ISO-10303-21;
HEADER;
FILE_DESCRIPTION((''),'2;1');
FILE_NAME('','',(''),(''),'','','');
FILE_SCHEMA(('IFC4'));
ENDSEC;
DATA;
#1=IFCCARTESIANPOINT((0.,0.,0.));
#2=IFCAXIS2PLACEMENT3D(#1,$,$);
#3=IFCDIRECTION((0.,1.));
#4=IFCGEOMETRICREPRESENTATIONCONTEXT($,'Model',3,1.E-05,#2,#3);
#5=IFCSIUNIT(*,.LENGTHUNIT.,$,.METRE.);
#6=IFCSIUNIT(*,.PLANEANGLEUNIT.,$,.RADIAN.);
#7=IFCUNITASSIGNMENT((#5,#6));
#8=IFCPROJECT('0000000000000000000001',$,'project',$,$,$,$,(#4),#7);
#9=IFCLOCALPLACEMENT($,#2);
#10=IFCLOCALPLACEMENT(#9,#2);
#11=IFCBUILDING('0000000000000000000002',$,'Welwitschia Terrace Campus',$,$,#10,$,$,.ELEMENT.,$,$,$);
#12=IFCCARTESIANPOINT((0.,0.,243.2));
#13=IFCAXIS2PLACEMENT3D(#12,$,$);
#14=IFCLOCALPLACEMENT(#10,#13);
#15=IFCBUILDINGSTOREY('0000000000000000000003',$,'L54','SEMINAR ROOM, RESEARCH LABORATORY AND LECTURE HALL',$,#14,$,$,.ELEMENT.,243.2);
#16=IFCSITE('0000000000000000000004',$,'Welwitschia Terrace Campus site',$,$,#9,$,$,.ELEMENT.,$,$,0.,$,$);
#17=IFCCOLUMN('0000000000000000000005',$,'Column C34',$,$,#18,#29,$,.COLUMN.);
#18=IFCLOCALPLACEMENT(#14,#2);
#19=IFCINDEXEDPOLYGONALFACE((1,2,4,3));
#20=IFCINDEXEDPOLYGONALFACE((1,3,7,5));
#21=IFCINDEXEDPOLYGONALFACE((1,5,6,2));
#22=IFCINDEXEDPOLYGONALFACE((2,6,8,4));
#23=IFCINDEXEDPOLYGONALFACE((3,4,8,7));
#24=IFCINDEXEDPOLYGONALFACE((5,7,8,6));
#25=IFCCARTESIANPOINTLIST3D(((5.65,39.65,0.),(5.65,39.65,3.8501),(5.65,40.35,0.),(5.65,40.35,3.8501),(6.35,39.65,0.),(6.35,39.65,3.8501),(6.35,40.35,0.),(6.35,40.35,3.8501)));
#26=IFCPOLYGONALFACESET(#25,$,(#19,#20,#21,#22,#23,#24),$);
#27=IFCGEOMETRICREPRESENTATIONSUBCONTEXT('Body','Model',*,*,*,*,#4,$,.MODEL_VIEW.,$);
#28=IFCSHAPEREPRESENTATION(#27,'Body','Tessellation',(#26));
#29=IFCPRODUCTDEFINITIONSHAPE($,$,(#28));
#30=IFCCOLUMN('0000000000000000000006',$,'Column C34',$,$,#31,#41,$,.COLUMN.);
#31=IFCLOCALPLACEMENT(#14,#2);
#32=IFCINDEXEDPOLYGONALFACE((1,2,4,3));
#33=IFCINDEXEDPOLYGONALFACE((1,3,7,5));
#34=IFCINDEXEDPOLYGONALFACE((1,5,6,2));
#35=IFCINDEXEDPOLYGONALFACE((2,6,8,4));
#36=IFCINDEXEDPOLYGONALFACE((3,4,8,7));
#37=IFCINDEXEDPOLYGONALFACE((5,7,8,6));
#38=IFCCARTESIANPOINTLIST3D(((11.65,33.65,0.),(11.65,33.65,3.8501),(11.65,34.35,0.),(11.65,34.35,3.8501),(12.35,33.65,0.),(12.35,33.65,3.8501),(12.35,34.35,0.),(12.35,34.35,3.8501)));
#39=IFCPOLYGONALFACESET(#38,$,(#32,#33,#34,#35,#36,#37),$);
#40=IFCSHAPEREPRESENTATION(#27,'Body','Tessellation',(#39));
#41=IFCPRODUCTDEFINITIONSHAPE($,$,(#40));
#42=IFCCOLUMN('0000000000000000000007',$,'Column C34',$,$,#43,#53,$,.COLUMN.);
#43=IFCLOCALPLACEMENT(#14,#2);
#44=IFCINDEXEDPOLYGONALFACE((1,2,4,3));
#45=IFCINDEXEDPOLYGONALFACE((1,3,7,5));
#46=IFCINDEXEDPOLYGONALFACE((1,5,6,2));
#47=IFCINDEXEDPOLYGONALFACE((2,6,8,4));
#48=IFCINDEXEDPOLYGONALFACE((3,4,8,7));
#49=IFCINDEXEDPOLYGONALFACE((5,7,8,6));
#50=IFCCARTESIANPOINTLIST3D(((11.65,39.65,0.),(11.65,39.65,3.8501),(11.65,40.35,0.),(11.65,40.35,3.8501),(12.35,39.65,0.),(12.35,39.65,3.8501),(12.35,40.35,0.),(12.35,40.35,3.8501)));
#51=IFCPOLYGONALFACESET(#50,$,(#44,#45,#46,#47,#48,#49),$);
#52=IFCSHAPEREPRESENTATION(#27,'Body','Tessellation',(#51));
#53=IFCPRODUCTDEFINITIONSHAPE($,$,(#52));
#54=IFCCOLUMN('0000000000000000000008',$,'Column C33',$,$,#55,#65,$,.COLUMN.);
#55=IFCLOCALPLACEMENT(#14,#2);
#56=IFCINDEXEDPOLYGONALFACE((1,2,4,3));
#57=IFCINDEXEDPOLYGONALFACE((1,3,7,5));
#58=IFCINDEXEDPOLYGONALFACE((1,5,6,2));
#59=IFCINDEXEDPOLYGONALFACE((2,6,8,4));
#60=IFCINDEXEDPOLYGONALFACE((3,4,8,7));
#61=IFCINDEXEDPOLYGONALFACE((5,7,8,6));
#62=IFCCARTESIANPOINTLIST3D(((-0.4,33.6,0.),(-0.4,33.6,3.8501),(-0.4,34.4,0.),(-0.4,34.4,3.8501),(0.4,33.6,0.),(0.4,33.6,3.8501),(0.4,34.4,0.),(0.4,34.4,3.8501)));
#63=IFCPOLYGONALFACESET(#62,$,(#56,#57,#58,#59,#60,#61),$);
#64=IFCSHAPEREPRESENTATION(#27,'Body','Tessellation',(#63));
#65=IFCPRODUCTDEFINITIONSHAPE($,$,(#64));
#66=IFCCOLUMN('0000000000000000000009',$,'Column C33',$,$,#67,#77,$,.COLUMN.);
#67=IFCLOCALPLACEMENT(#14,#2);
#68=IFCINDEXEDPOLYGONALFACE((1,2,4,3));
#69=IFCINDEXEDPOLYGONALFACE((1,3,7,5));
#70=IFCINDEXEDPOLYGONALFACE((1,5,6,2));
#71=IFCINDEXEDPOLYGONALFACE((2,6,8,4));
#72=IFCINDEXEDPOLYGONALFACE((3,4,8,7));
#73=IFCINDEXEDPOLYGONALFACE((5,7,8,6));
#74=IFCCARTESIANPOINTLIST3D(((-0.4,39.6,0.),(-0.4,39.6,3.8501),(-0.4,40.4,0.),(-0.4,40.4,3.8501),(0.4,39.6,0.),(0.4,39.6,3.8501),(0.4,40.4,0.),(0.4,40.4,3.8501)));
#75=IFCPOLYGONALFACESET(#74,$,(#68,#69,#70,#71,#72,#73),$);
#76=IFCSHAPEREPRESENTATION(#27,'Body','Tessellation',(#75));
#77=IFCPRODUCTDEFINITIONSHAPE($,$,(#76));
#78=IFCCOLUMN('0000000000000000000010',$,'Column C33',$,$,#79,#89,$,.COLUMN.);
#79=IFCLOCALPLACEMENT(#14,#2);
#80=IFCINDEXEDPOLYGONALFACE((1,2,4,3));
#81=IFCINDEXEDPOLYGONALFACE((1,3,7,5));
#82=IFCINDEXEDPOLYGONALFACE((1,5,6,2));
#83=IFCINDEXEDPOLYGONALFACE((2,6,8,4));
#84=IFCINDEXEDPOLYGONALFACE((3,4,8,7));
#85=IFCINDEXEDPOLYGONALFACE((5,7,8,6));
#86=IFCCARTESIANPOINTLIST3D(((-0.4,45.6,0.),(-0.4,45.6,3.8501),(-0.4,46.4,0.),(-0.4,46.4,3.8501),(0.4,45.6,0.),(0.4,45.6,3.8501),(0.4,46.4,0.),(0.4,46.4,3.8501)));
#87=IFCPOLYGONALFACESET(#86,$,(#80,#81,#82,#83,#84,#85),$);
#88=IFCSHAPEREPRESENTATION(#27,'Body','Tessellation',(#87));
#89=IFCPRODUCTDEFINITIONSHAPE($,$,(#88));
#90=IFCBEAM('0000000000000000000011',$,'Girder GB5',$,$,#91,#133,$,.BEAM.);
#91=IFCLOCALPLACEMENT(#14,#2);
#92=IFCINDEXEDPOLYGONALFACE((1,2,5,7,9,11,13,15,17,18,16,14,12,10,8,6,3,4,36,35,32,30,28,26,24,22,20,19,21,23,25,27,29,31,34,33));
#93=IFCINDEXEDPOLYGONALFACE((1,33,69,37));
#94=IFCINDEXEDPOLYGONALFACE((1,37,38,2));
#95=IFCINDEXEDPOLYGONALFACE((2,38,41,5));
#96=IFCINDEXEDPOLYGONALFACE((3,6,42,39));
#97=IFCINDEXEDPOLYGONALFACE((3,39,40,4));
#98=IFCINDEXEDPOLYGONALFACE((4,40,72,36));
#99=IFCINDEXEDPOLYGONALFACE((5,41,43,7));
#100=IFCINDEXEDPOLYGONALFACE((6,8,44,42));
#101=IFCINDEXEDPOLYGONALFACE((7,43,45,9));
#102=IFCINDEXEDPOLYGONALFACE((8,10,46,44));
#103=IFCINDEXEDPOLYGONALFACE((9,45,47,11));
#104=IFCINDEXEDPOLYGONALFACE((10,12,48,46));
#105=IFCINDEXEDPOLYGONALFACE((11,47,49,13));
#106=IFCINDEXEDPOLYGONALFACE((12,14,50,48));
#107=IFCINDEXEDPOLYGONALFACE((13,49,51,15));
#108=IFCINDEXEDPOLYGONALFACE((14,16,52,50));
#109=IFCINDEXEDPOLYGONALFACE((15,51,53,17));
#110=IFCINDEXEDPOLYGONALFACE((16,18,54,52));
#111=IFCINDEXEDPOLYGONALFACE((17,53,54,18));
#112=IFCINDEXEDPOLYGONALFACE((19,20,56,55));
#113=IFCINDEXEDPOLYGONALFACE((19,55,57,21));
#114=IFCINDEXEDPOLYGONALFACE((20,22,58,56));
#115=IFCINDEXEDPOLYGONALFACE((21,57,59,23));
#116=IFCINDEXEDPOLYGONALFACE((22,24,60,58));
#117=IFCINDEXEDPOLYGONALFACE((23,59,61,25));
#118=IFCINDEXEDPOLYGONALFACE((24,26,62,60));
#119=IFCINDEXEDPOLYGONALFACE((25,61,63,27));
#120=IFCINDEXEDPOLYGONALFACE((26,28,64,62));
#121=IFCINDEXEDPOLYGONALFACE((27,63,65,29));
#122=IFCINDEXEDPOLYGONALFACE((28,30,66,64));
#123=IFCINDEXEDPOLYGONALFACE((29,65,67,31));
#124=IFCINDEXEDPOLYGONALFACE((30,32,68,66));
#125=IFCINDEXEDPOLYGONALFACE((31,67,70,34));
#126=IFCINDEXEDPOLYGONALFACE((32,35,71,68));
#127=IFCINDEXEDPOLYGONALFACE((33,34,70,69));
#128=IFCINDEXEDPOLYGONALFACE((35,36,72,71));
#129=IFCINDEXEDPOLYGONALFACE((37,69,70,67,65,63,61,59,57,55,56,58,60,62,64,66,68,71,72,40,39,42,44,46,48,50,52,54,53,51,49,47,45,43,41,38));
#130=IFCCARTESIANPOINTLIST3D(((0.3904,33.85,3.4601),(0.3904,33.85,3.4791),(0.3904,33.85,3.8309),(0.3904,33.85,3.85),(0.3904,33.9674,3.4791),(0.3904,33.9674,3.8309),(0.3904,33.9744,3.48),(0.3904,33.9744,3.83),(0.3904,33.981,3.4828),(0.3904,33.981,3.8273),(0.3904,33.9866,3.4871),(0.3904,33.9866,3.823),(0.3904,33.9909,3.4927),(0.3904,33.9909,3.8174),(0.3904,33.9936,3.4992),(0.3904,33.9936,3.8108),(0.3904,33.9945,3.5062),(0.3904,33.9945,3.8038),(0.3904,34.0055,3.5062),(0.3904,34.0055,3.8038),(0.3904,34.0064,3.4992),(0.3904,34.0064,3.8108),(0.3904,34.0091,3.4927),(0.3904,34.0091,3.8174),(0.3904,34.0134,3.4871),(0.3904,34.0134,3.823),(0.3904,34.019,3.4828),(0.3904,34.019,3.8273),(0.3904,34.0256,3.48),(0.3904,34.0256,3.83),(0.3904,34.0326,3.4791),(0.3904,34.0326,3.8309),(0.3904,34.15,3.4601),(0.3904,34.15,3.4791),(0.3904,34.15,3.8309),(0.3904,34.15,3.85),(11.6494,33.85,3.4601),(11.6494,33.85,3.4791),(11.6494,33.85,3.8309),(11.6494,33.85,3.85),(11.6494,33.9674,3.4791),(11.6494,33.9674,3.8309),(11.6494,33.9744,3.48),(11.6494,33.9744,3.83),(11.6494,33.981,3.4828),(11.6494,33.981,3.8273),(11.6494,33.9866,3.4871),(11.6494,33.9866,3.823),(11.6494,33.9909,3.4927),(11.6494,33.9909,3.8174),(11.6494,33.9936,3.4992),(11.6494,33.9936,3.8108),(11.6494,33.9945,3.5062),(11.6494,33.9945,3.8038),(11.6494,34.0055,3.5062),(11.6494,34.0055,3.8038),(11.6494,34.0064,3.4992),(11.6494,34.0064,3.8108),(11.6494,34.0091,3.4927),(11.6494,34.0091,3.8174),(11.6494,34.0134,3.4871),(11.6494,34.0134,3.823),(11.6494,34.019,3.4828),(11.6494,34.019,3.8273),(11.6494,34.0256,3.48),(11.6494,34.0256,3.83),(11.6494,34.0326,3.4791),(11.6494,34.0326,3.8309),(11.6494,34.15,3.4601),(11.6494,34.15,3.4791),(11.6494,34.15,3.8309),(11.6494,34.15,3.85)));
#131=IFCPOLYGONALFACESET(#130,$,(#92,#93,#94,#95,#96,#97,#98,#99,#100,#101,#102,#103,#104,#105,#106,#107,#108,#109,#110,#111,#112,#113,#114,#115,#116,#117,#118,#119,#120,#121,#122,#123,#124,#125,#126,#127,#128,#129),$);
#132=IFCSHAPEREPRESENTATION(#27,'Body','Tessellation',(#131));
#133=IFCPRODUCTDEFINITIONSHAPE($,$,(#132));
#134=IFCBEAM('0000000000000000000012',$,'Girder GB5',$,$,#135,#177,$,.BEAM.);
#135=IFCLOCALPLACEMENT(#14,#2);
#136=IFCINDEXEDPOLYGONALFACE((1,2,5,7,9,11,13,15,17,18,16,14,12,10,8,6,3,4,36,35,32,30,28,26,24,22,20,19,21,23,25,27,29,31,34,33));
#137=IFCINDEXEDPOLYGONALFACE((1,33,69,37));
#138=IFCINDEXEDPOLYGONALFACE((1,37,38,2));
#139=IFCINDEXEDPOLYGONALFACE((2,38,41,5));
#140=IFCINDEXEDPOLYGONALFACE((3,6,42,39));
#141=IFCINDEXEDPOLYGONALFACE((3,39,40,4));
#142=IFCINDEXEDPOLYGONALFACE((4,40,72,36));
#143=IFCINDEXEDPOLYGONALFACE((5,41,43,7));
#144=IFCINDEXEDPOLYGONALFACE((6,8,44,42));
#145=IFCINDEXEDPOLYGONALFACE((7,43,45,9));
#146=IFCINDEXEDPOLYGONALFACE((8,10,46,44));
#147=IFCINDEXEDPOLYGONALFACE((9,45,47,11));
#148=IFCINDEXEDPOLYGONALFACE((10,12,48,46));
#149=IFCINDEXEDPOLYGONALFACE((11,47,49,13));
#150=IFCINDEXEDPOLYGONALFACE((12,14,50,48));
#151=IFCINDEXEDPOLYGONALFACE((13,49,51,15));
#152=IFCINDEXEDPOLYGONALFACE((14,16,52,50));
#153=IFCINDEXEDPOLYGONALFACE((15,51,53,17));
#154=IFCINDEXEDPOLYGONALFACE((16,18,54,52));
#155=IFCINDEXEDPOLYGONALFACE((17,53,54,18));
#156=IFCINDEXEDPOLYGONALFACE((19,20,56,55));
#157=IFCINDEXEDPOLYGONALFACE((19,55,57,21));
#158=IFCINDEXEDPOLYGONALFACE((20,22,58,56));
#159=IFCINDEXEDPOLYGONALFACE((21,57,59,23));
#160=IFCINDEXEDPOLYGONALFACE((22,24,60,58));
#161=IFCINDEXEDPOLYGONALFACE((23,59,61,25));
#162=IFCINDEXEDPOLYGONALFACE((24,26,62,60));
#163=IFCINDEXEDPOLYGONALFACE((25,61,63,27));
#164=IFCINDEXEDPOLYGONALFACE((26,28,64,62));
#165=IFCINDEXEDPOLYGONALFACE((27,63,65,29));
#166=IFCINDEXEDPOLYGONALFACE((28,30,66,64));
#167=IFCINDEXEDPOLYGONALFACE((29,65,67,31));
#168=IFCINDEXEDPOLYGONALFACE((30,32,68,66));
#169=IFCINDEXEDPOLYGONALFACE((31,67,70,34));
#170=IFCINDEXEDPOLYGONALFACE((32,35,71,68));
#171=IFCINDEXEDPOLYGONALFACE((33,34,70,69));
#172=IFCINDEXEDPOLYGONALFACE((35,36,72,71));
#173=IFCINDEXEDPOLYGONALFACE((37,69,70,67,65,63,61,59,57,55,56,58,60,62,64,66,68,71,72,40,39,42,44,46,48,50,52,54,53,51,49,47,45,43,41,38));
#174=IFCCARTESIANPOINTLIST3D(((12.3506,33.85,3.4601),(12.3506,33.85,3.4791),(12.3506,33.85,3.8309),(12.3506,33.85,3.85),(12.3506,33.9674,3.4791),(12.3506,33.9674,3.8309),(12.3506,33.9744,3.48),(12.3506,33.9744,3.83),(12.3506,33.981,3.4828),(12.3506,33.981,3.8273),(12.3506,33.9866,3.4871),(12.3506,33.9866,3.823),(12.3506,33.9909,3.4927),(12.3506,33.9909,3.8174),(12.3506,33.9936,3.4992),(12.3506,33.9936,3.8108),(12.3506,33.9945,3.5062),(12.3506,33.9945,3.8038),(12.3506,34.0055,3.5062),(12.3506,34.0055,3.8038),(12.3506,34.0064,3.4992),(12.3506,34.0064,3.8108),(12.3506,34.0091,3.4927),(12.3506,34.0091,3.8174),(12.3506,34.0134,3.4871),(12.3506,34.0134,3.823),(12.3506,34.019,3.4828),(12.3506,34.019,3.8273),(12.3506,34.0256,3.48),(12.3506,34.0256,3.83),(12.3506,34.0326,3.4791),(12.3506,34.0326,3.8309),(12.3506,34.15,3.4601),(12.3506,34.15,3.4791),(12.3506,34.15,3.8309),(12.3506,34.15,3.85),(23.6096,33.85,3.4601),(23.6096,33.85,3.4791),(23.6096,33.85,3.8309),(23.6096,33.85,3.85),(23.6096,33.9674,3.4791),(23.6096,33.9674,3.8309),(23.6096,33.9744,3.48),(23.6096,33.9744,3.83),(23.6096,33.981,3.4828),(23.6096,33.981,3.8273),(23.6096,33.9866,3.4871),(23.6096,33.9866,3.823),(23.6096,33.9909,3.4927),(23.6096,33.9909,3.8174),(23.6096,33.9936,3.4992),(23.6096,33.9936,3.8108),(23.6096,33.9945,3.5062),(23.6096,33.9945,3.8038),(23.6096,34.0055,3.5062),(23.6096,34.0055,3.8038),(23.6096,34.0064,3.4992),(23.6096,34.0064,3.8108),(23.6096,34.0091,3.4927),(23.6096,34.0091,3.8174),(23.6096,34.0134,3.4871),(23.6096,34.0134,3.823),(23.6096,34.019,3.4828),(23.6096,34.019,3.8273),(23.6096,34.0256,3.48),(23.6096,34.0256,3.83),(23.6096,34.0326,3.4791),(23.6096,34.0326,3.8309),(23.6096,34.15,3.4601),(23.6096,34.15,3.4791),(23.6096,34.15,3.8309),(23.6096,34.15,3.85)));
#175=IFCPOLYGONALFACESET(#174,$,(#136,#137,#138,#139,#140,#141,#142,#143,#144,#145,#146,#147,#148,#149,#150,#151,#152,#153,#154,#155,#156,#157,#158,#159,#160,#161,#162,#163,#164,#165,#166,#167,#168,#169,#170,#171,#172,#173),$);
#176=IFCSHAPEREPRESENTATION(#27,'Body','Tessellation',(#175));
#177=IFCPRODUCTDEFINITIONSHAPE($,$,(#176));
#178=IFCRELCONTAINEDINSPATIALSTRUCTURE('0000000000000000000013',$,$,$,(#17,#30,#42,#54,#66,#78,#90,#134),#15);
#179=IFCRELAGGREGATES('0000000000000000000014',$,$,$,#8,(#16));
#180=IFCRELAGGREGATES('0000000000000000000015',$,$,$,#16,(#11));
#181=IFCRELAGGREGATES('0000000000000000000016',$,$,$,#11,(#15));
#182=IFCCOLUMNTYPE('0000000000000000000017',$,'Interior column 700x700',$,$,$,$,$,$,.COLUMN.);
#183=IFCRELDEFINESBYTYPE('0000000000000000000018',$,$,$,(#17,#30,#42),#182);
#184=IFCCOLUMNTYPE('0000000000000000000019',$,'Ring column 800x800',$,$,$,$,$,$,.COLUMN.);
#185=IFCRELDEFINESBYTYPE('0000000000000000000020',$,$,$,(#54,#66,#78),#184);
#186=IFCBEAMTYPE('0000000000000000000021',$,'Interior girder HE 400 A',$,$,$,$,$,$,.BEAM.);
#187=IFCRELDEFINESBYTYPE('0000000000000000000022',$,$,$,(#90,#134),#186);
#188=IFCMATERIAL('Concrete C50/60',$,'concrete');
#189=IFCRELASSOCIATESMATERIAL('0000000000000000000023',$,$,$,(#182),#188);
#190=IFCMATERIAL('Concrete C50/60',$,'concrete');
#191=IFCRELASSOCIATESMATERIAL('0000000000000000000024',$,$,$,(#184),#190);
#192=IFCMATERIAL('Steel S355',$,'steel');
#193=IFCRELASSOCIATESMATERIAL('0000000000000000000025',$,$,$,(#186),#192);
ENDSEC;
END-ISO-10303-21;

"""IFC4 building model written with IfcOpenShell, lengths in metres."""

from ifc_helpers import new_model, si_unit, direction, frame, origin, origin_2d, place, context, subcontext, project, spatial, rectangle, i_section, extrude, material, material_profile, profile_set, type_object, element, save


model = new_model("IFC4")

# Units and contexts
model_context = context("Model", 3, precision=1e-05, world=origin(), true_north=direction((0.0, 1.0)))
body_context = subcontext(model_context, "Body", "Model", "MODEL_VIEW")
ifc_project = project(units=[si_unit("LENGTHUNIT", "METRE"), si_unit("PLANEANGLEUNIT", "RADIAN")], contexts=[model_context])

# Site, building, storey
site_placement = place(None, origin())
site = spatial("IfcSite", under=ifc_project, at=site_placement, Name="Welwitschia Terrace Campus site", CompositionType="ELEMENT", RefElevation=0.0)
building_placement = place(site_placement, origin())
building = spatial("IfcBuilding", under=site, at=building_placement, Name="Welwitschia Terrace Campus", CompositionType="ELEMENT")
storey_placement = place(building_placement, frame((0.0, 0.0, 243.2)))
storey = spatial("IfcBuildingStorey", under=building, at=storey_placement, Name="L54", Description="SEMINAR ROOM, RESEARCH LABORATORY AND LECTURE HALL", CompositionType="ELEMENT", Elevation=243.2)

# Columns
ifc_material_1 = material(Name="Concrete C50/60", Category="concrete")
ifc_material_profile_1 = material_profile(ifc_material_1, rectangle(XDim=0.7, YDim=0.7, at=origin_2d()))
ifc_profile_set_1 = profile_set([ifc_material_profile_1], Name="Concrete C50/60")
column_type_1 = type_object("IfcColumnType", Name="Interior column 700x700", PredefinedType="COLUMN", material=ifc_profile_set_1)
for number, where, z_axis, x_axis, name in (
    (1, (6.0, 40.0, 0.0), (0.0, 0.0, 1.0), (1.0, 0.0, 0.0), "Column C34"),
    (2, (12.0, 34.0, 0.0), (0.0, 0.0, 1.0), (1.0, 0.0, 0.0), "Column C34"),
    (3, (12.0, 40.0, 0.0), (0.0, 0.0, 1.0), (1.0, 0.0, 0.0), "Column C34"),
):
    element("IfcColumn", number, at=place(storey_placement, frame(where, z_axis=z_axis, x_axis=x_axis)), inside=storey, type_object=column_type_1, Name=name, PredefinedType="COLUMN", context=body_context, shape_type="SweptSolid", body=[
        extrude(rectangle(XDim=0.7, YDim=0.7, at=origin_2d()), origin(), (0.0, 0.0, 1.0), 3.8501),
    ])
ifc_material_2 = material(Name="Concrete C50/60", Category="concrete")
ifc_material_profile_2 = material_profile(ifc_material_2, rectangle(XDim=0.8, YDim=0.8, at=origin_2d()))
ifc_profile_set_2 = profile_set([ifc_material_profile_2], Name="Concrete C50/60")
column_type_2 = type_object("IfcColumnType", Name="Ring column 800x800", PredefinedType="COLUMN", material=ifc_profile_set_2)
for number, where, z_axis, x_axis, name in (
    (4, (0.0, 34.0, 0.0), (0.0, 0.0, 1.0), (1.0, 0.0, 0.0), "Column C33"),
    (5, (0.0, 40.0, 0.0), (0.0, 0.0, 1.0), (1.0, 0.0, 0.0), "Column C33"),
    (6, (0.0, 46.0, 0.0), (0.0, 0.0, 1.0), (1.0, 0.0, 0.0), "Column C33"),
):
    element("IfcColumn", number, at=place(storey_placement, frame(where, z_axis=z_axis, x_axis=x_axis)), inside=storey, type_object=column_type_2, Name=name, PredefinedType="COLUMN", context=body_context, shape_type="SweptSolid", body=[
        extrude(rectangle(XDim=0.8, YDim=0.8, at=origin_2d()), origin(), (0.0, 0.0, 1.0), 3.8501),
    ])

# Beams
ifc_material_3 = material(Name="Steel S355", Category="steel")
ifc_material_profile_3 = material_profile(ifc_material_3, i_section(OverallWidth=0.3, OverallDepth=0.3899, WebThickness=0.011, FlangeThickness=0.019, FilletRadius=0.0271, at=origin_2d()))
ifc_profile_set_3 = profile_set([ifc_material_profile_3], Name="Steel S355")
beam_type_1 = type_object("IfcBeamType", Name="Interior girder HE 400 A", PredefinedType="BEAM", material=ifc_profile_set_3)
for number, where, z_axis, x_axis, name in (
    (7, (0.3904, 34.0, 3.655), (1.0, 0.0, 0.0), (0.0, 1.0, 0.0), "Girder GB5"),
    (8, (12.3506, 34.0, 3.655), (1.0, 0.0, 0.0), (0.0, 1.0, 0.0), "Girder GB5"),
):
    element("IfcBeam", number, at=place(storey_placement, frame(where, z_axis=z_axis, x_axis=x_axis)), inside=storey, type_object=beam_type_1, Name=name, PredefinedType="BEAM", context=body_context, shape_type="SweptSolid", body=[
        extrude(i_section(OverallWidth=0.3, OverallDepth=0.3899, WebThickness=0.011, FlangeThickness=0.019, FilletRadius=0.0271, at=origin_2d()), origin(), (0.0, 0.0, 1.0), 11.259),
    ])

save(model, "model.ifc")
